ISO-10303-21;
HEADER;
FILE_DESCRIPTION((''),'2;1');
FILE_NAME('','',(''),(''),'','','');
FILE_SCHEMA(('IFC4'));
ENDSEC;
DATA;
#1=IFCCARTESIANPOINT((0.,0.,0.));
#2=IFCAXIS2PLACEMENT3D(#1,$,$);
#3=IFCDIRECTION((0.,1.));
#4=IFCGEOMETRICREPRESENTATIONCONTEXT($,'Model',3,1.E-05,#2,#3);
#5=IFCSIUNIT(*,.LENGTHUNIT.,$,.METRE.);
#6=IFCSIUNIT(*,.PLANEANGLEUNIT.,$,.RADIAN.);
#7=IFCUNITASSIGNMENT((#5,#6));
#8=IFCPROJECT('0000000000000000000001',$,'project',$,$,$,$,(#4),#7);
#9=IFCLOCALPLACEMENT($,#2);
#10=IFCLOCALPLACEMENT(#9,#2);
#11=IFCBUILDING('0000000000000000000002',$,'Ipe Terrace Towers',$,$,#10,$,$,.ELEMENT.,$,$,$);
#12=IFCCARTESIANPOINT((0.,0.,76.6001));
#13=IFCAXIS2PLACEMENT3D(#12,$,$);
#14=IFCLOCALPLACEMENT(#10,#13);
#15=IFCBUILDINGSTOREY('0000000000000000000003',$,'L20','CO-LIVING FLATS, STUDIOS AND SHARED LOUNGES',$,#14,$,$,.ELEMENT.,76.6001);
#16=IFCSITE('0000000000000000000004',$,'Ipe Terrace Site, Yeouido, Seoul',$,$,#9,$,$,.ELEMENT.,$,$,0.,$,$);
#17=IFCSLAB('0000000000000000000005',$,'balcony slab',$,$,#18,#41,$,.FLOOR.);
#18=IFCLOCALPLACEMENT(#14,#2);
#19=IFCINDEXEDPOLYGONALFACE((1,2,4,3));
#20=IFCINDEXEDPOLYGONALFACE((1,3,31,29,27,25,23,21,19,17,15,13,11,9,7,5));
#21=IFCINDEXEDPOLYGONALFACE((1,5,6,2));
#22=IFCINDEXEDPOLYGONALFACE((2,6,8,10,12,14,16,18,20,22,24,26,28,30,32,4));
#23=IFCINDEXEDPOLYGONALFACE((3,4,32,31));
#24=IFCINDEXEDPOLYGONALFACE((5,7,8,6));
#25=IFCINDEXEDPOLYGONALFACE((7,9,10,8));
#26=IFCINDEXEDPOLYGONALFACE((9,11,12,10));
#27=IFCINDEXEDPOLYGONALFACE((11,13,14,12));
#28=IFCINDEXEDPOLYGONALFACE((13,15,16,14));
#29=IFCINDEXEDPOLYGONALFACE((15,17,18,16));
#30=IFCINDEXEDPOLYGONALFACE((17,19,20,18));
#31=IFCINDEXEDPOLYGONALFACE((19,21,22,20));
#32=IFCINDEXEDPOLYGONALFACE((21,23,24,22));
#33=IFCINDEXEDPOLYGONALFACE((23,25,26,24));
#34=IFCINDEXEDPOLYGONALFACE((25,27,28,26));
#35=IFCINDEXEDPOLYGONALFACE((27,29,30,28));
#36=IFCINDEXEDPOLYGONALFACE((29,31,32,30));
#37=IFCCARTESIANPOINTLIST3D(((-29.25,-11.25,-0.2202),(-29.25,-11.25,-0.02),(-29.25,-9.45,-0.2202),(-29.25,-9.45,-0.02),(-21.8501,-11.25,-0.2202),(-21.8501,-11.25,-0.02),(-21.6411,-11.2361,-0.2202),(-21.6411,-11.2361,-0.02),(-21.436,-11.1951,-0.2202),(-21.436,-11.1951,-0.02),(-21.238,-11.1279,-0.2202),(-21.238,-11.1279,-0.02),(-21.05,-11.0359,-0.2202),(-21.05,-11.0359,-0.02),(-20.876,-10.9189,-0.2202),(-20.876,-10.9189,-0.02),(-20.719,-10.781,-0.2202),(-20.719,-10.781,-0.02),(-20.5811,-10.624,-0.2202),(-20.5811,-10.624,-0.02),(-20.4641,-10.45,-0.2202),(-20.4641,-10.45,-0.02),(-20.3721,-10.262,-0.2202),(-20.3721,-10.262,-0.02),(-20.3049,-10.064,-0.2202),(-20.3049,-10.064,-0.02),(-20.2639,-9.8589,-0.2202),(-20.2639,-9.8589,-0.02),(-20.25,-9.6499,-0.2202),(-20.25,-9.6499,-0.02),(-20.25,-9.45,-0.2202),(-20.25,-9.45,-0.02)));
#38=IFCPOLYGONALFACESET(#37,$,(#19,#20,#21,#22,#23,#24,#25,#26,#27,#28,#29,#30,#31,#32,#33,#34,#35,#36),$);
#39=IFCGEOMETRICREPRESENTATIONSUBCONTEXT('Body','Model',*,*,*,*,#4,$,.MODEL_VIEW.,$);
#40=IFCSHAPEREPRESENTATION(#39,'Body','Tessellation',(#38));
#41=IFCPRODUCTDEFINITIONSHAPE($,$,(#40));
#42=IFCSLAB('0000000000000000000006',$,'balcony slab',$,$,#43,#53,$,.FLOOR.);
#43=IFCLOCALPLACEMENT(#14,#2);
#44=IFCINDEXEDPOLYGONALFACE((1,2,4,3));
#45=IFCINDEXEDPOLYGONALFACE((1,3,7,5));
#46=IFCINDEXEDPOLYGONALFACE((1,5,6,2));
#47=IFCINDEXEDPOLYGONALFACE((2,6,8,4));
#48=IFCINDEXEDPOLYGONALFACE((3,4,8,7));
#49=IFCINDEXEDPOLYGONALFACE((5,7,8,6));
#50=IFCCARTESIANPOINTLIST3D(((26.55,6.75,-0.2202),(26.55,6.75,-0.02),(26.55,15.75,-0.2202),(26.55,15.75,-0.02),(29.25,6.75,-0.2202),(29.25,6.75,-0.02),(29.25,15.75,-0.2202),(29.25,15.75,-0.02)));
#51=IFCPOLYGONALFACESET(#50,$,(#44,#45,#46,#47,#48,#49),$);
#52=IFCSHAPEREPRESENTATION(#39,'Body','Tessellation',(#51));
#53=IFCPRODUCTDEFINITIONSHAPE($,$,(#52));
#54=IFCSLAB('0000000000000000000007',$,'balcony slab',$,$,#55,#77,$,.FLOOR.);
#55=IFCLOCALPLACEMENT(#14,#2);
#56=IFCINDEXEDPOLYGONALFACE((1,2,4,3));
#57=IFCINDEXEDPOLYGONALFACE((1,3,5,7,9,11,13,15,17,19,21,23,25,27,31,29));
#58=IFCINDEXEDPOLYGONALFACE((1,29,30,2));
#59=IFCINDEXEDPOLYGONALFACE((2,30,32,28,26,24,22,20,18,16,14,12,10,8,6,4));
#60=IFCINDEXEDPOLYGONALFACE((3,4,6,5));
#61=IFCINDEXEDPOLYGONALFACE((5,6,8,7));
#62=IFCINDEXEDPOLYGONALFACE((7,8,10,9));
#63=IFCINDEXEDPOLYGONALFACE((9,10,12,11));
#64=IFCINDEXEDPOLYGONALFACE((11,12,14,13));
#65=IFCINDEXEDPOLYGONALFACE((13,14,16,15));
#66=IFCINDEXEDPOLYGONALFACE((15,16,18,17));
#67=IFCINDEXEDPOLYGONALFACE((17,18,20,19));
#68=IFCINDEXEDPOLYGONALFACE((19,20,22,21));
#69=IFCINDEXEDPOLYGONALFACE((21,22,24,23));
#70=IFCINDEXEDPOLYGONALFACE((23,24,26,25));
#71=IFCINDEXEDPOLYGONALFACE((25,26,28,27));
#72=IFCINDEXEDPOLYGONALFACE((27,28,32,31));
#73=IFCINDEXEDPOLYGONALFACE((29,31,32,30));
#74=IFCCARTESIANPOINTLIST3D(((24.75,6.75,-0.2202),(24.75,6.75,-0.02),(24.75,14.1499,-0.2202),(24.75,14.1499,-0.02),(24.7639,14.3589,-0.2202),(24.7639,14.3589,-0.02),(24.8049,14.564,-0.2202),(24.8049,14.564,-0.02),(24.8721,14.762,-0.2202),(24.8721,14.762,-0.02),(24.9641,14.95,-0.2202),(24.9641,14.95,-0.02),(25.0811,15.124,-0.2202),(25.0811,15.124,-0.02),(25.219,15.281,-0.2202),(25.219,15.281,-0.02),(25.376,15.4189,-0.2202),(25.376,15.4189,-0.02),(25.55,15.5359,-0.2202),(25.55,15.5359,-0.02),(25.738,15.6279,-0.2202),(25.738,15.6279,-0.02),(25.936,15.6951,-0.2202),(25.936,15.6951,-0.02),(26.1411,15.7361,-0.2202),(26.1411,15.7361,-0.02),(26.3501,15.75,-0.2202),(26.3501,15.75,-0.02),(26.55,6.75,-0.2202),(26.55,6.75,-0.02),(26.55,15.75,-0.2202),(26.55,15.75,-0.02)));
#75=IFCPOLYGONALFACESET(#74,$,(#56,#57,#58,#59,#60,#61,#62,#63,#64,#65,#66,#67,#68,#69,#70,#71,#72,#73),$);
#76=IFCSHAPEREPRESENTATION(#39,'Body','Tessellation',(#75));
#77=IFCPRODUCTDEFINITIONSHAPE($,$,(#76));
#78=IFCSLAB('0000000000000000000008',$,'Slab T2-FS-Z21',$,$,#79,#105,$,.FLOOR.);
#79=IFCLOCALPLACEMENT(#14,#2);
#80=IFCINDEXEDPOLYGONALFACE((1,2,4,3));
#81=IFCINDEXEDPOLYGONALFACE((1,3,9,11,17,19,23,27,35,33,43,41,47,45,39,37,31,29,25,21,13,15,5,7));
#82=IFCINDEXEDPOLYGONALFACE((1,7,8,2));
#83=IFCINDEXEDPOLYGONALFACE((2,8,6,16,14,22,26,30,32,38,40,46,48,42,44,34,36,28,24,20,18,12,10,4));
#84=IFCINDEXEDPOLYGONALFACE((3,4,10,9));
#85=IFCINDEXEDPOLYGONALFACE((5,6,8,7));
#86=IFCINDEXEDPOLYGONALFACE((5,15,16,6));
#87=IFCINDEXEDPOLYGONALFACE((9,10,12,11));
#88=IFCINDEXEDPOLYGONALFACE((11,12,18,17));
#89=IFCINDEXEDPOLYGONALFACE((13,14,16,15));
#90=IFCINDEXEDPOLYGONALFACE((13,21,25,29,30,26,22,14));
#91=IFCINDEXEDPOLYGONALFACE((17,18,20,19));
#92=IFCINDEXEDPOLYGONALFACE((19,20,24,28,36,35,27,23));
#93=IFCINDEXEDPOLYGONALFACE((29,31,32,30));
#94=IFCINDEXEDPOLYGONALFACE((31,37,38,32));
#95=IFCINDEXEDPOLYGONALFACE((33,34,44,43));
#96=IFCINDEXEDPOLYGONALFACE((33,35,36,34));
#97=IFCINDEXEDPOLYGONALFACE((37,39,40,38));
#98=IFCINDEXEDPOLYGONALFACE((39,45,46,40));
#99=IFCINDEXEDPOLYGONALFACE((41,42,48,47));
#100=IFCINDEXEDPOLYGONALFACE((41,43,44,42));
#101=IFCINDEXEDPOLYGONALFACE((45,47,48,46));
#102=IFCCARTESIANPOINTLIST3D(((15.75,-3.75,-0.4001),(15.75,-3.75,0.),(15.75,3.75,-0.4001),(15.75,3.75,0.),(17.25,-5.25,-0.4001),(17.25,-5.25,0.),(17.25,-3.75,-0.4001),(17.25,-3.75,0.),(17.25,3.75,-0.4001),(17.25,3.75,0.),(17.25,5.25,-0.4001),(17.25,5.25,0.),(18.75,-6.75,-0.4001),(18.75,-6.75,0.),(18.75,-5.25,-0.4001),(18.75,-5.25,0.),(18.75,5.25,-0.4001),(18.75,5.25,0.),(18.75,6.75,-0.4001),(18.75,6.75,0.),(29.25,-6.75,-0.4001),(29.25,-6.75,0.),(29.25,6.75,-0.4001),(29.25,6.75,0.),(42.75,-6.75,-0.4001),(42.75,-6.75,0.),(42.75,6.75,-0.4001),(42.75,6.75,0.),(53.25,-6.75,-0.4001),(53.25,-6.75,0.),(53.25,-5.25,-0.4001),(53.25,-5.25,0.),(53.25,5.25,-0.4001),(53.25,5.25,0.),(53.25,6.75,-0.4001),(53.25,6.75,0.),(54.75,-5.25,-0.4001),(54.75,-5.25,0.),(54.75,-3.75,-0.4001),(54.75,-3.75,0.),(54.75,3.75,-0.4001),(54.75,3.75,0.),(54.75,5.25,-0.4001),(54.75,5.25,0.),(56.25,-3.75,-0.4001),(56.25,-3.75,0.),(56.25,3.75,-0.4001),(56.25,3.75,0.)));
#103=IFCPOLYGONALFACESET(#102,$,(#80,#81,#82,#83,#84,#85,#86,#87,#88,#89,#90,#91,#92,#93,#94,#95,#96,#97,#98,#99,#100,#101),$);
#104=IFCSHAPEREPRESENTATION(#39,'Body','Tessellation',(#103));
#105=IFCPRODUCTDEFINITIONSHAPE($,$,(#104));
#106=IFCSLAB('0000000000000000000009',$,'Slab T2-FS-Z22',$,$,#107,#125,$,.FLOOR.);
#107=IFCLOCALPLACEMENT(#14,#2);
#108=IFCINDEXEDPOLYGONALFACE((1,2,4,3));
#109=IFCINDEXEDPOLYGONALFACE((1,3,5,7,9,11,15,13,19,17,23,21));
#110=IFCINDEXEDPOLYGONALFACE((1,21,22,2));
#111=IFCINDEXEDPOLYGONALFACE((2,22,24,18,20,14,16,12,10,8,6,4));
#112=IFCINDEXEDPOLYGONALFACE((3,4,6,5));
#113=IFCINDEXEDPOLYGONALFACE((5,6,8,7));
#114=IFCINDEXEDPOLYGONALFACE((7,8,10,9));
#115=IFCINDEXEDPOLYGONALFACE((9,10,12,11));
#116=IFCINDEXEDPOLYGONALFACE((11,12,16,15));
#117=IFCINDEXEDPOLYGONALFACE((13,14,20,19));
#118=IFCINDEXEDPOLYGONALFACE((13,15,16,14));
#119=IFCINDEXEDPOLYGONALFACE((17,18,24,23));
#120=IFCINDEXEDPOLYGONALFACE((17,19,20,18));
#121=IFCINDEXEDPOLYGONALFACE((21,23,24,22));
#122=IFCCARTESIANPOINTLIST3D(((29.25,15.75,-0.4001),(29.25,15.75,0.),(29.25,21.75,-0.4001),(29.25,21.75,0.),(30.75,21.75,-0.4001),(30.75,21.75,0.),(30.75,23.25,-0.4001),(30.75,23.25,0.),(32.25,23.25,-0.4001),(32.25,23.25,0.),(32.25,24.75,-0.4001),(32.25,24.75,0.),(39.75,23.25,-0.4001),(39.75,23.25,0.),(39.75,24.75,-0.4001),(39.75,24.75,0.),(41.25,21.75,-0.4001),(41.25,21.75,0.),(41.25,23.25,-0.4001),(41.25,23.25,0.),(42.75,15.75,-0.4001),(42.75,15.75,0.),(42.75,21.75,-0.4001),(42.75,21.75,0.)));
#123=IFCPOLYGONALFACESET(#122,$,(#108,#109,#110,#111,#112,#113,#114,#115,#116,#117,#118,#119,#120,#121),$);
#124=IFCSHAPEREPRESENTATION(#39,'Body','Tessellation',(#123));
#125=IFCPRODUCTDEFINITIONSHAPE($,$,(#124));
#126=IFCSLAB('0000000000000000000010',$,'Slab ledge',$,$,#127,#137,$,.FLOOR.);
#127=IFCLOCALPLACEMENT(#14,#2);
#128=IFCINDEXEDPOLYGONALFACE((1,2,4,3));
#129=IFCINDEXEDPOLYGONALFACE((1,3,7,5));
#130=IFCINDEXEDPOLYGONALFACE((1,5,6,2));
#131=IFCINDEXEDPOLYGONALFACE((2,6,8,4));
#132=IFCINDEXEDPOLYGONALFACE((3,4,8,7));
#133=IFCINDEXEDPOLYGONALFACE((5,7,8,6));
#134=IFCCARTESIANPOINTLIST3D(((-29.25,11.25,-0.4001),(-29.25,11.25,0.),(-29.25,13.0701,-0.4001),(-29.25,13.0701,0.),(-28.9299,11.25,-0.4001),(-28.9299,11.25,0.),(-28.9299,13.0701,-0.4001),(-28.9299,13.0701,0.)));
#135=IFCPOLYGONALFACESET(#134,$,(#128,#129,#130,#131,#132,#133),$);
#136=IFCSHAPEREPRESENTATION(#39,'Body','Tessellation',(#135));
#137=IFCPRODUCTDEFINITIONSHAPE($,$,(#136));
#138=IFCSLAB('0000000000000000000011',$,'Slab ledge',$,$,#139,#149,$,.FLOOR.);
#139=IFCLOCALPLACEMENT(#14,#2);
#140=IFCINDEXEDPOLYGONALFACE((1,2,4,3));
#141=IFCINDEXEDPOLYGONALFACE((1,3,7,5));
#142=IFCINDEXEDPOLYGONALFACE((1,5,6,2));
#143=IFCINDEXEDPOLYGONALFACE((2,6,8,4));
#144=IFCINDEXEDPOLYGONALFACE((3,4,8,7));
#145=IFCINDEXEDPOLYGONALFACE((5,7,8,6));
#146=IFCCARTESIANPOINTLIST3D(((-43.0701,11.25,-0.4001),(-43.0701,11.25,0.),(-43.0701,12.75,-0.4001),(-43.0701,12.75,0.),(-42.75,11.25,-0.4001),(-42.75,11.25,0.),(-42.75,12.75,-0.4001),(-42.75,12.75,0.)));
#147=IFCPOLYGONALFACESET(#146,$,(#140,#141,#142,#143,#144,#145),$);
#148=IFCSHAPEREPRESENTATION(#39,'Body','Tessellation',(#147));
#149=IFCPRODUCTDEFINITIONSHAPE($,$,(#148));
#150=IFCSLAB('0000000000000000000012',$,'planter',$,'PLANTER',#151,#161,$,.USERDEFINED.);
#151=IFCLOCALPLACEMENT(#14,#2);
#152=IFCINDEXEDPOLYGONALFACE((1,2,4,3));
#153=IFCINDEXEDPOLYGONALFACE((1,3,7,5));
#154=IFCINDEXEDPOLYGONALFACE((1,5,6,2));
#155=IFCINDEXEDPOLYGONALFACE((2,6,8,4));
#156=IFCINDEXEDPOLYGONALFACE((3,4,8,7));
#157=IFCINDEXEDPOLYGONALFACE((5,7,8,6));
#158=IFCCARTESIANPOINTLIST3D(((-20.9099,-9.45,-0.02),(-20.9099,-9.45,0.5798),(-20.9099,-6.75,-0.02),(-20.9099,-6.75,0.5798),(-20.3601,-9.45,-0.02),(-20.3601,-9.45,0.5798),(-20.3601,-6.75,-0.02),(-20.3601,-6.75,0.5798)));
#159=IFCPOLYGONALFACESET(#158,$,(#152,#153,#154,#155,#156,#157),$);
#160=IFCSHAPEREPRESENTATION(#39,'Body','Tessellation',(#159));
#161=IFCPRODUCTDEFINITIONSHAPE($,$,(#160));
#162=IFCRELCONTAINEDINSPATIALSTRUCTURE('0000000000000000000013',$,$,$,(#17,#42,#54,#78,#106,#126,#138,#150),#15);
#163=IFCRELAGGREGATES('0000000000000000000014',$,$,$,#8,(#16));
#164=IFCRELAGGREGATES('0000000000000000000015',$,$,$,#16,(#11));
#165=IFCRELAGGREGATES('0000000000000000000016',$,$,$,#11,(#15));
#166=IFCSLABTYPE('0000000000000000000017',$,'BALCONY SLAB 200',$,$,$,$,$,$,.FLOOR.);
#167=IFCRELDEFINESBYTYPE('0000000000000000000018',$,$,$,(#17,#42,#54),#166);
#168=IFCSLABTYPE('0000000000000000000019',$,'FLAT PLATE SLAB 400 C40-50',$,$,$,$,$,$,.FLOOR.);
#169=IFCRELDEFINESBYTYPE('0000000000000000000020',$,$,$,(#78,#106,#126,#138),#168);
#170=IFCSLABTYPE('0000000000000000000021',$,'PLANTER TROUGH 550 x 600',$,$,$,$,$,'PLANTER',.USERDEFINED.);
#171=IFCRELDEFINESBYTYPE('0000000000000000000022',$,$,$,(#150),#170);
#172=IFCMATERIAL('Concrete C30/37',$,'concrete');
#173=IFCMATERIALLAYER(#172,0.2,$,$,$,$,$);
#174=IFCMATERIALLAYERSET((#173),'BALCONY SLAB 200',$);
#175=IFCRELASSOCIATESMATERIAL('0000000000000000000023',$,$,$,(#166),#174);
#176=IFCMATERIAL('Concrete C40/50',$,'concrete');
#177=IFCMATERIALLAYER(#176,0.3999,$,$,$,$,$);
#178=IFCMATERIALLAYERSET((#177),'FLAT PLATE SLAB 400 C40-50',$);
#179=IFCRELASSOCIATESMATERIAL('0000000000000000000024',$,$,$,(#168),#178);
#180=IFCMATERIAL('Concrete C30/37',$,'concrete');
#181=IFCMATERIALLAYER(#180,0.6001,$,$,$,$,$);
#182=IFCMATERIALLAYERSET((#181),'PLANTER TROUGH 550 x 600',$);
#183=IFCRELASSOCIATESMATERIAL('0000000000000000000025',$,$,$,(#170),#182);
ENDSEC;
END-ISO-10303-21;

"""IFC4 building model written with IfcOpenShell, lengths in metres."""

from ifc_helpers import new_model, si_unit, direction, frame, origin, place, context, subcontext, project, spatial, polyline, outline, extrude, material, layer, layer_set, type_object, element, save


model = new_model("IFC4")

# Units and contexts
model_context = context("Model", 3, precision=1e-05, world=origin(), true_north=direction((0.0, 1.0)))
body_context = subcontext(model_context, "Body", "Model", "MODEL_VIEW")
ifc_project = project(units=[si_unit("LENGTHUNIT", "METRE"), si_unit("PLANEANGLEUNIT", "RADIAN")], contexts=[model_context])

# Site, building, storey
site_placement = place(None, origin())
site = spatial("IfcSite", under=ifc_project, at=site_placement, Name="Ipe Terrace Site, Yeouido, Seoul", CompositionType="ELEMENT", RefElevation=0.0)
building_placement = place(site_placement, origin())
building = spatial("IfcBuilding", under=site, at=building_placement, Name="Ipe Terrace Towers", CompositionType="ELEMENT")
storey_placement = place(building_placement, frame((0.0, 0.0, 76.6001)))
storey = spatial("IfcBuildingStorey", under=building, at=storey_placement, Name="L20", Description="CO-LIVING FLATS, STUDIOS AND SHARED LOUNGES", CompositionType="ELEMENT", Elevation=76.6001)

# Slabs
ifc_material_1 = material(Name="Concrete C30/37", Category="concrete")
ifc_layer_1 = layer(ifc_material_1, 0.2)
ifc_layer_set_1 = layer_set([ifc_layer_1], Name="BALCONY SLAB 200")
slab_type_1 = type_object("IfcSlabType", Name="BALCONY SLAB 200", PredefinedType="FLOOR", material=ifc_layer_set_1)
slab_1_placement = place(storey_placement, frame((0.0, 0.0, -0.2202)))
element("IfcSlab", 1, at=slab_1_placement, inside=storey, type_object=slab_type_1, Name="balcony slab", PredefinedType="FLOOR", context=body_context, shape_type="SweptSolid", body=[
    extrude(outline(polyline([(-29.25, -11.25), (-21.8501, -11.25), (-21.6411, -11.2361), (-21.436, -11.1951), (-21.238, -11.1279), (-21.05, -11.0359), (-20.876, -10.9189), (-20.719, -10.781), (-20.5811, -10.624), (-20.4641, -10.45), (-20.3721, -10.262), (-20.3049, -10.064), (-20.2639, -9.8589), (-20.25, -9.6499), (-20.25, -9.45), (-29.25, -9.45), (-29.25, -11.25)])), origin(), (0.0, 0.0, 1.0), 0.2002),
])
slab_2_placement = place(storey_placement, frame((0.0, 0.0, -0.2202)))
element("IfcSlab", 2, at=slab_2_placement, inside=storey, type_object=slab_type_1, Name="balcony slab", PredefinedType="FLOOR", context=body_context, shape_type="SweptSolid", body=[
    extrude(outline(polyline([(29.25, 15.75), (26.55, 15.75), (26.55, 6.75), (29.25, 6.75), (29.25, 15.75)])), origin(), (0.0, 0.0, 1.0), 0.2002),
])
slab_3_placement = place(storey_placement, frame((0.0, 0.0, -0.2202)))
element("IfcSlab", 3, at=slab_3_placement, inside=storey, type_object=slab_type_1, Name="balcony slab", PredefinedType="FLOOR", context=body_context, shape_type="SweptSolid", body=[
    extrude(outline(polyline([(24.75, 6.75), (26.55, 6.75), (26.55, 15.75), (26.3501, 15.75), (26.1411, 15.7361), (25.936, 15.6951), (25.738, 15.6279), (25.55, 15.5359), (25.376, 15.4189), (25.219, 15.281), (25.0811, 15.124), (24.9641, 14.95), (24.8721, 14.762), (24.8049, 14.564), (24.7639, 14.3589), (24.75, 14.1499), (24.75, 6.75)])), origin(), (0.0, 0.0, 1.0), 0.2002),
])
ifc_material_2 = material(Name="Concrete C40/50", Category="concrete")
ifc_layer_2 = layer(ifc_material_2, 0.3999)
ifc_layer_set_2 = layer_set([ifc_layer_2], Name="FLAT PLATE SLAB 400 C40-50")
slab_type_2 = type_object("IfcSlabType", Name="FLAT PLATE SLAB 400 C40-50", PredefinedType="FLOOR", material=ifc_layer_set_2)
slab_4_placement = place(storey_placement, frame((0.0, 0.0, -0.4001)))
element("IfcSlab", 4, at=slab_4_placement, inside=storey, type_object=slab_type_2, Name="Slab T2-FS-Z21", PredefinedType="FLOOR", context=body_context, shape_type="SweptSolid", body=[
    extrude(outline(polyline([(53.25, 5.25), (54.75, 5.25), (54.75, 3.75), (56.25, 3.75), (56.25, -3.75), (54.75, -3.75), (54.75, -5.25), (53.25, -5.25), (53.25, -6.75), (42.75, -6.75), (29.25, -6.75), (18.75, -6.75), (18.75, -5.25), (17.25, -5.25), (17.25, -3.75), (15.75, -3.75), (15.75, 3.75), (17.25, 3.75), (17.25, 5.25), (18.75, 5.25), (18.75, 6.75), (29.25, 6.75), (42.75, 6.75), (53.25, 6.75), (53.25, 5.25)])), origin(), (0.0, 0.0, 1.0), 0.4001),
])
slab_5_placement = place(storey_placement, frame((0.0, 0.0, -0.4001)))
element("IfcSlab", 5, at=slab_5_placement, inside=storey, type_object=slab_type_2, Name="Slab T2-FS-Z22", PredefinedType="FLOOR", context=body_context, shape_type="SweptSolid", body=[
    extrude(outline(polyline([(30.75, 21.75), (30.75, 23.25), (32.25, 23.25), (32.25, 24.75), (39.75, 24.75), (39.75, 23.25), (41.25, 23.25), (41.25, 21.75), (42.75, 21.75), (42.75, 15.75), (29.25, 15.75), (29.25, 21.75), (30.75, 21.75)])), origin(), (0.0, 0.0, 1.0), 0.4001),
])
slab_6_placement = place(storey_placement, frame((0.0, 0.0, -0.4001)))
element("IfcSlab", 6, at=slab_6_placement, inside=storey, type_object=slab_type_2, Name="Slab ledge", PredefinedType="FLOOR", context=body_context, shape_type="SweptSolid", body=[
    extrude(outline(polyline([(-29.25, 11.25), (-29.25, 13.0701), (-28.9299, 13.0701), (-28.9299, 11.25), (-29.25, 11.25)])), origin(), (0.0, 0.0, 1.0), 0.4001),
])
slab_7_placement = place(storey_placement, frame((0.0, 0.0, -0.4001)))
element("IfcSlab", 7, at=slab_7_placement, inside=storey, type_object=slab_type_2, Name="Slab ledge", PredefinedType="FLOOR", context=body_context, shape_type="SweptSolid", body=[
    extrude(outline(polyline([(-42.75, 12.75), (-42.75, 11.25), (-43.0701, 11.25), (-43.0701, 12.75), (-42.75, 12.75)])), origin(), (0.0, 0.0, 1.0), 0.4001),
])
ifc_material_3 = material(Name="Concrete C30/37", Category="concrete")
ifc_layer_3 = layer(ifc_material_3, 0.6001)
ifc_layer_set_3 = layer_set([ifc_layer_3], Name="PLANTER TROUGH 550 x 600")
slab_type_3 = type_object("IfcSlabType", Name="PLANTER TROUGH 550 x 600", ElementType="PLANTER", PredefinedType="USERDEFINED", material=ifc_layer_set_3)
slab_8_placement = place(storey_placement, frame((0.0, 0.0, -0.02)))
element("IfcSlab", 8, at=slab_8_placement, inside=storey, type_object=slab_type_3, Name="planter", ObjectType="PLANTER", PredefinedType="USERDEFINED", context=body_context, shape_type="SweptSolid", body=[
    extrude(outline(polyline([(-20.3601, -6.75), (-20.9099, -6.75), (-20.9099, -9.45), (-20.3601, -9.45), (-20.3601, -6.75)])), origin(), (0.0, 0.0, 1.0), 0.5999),
])

save(model, "model.ifc")
